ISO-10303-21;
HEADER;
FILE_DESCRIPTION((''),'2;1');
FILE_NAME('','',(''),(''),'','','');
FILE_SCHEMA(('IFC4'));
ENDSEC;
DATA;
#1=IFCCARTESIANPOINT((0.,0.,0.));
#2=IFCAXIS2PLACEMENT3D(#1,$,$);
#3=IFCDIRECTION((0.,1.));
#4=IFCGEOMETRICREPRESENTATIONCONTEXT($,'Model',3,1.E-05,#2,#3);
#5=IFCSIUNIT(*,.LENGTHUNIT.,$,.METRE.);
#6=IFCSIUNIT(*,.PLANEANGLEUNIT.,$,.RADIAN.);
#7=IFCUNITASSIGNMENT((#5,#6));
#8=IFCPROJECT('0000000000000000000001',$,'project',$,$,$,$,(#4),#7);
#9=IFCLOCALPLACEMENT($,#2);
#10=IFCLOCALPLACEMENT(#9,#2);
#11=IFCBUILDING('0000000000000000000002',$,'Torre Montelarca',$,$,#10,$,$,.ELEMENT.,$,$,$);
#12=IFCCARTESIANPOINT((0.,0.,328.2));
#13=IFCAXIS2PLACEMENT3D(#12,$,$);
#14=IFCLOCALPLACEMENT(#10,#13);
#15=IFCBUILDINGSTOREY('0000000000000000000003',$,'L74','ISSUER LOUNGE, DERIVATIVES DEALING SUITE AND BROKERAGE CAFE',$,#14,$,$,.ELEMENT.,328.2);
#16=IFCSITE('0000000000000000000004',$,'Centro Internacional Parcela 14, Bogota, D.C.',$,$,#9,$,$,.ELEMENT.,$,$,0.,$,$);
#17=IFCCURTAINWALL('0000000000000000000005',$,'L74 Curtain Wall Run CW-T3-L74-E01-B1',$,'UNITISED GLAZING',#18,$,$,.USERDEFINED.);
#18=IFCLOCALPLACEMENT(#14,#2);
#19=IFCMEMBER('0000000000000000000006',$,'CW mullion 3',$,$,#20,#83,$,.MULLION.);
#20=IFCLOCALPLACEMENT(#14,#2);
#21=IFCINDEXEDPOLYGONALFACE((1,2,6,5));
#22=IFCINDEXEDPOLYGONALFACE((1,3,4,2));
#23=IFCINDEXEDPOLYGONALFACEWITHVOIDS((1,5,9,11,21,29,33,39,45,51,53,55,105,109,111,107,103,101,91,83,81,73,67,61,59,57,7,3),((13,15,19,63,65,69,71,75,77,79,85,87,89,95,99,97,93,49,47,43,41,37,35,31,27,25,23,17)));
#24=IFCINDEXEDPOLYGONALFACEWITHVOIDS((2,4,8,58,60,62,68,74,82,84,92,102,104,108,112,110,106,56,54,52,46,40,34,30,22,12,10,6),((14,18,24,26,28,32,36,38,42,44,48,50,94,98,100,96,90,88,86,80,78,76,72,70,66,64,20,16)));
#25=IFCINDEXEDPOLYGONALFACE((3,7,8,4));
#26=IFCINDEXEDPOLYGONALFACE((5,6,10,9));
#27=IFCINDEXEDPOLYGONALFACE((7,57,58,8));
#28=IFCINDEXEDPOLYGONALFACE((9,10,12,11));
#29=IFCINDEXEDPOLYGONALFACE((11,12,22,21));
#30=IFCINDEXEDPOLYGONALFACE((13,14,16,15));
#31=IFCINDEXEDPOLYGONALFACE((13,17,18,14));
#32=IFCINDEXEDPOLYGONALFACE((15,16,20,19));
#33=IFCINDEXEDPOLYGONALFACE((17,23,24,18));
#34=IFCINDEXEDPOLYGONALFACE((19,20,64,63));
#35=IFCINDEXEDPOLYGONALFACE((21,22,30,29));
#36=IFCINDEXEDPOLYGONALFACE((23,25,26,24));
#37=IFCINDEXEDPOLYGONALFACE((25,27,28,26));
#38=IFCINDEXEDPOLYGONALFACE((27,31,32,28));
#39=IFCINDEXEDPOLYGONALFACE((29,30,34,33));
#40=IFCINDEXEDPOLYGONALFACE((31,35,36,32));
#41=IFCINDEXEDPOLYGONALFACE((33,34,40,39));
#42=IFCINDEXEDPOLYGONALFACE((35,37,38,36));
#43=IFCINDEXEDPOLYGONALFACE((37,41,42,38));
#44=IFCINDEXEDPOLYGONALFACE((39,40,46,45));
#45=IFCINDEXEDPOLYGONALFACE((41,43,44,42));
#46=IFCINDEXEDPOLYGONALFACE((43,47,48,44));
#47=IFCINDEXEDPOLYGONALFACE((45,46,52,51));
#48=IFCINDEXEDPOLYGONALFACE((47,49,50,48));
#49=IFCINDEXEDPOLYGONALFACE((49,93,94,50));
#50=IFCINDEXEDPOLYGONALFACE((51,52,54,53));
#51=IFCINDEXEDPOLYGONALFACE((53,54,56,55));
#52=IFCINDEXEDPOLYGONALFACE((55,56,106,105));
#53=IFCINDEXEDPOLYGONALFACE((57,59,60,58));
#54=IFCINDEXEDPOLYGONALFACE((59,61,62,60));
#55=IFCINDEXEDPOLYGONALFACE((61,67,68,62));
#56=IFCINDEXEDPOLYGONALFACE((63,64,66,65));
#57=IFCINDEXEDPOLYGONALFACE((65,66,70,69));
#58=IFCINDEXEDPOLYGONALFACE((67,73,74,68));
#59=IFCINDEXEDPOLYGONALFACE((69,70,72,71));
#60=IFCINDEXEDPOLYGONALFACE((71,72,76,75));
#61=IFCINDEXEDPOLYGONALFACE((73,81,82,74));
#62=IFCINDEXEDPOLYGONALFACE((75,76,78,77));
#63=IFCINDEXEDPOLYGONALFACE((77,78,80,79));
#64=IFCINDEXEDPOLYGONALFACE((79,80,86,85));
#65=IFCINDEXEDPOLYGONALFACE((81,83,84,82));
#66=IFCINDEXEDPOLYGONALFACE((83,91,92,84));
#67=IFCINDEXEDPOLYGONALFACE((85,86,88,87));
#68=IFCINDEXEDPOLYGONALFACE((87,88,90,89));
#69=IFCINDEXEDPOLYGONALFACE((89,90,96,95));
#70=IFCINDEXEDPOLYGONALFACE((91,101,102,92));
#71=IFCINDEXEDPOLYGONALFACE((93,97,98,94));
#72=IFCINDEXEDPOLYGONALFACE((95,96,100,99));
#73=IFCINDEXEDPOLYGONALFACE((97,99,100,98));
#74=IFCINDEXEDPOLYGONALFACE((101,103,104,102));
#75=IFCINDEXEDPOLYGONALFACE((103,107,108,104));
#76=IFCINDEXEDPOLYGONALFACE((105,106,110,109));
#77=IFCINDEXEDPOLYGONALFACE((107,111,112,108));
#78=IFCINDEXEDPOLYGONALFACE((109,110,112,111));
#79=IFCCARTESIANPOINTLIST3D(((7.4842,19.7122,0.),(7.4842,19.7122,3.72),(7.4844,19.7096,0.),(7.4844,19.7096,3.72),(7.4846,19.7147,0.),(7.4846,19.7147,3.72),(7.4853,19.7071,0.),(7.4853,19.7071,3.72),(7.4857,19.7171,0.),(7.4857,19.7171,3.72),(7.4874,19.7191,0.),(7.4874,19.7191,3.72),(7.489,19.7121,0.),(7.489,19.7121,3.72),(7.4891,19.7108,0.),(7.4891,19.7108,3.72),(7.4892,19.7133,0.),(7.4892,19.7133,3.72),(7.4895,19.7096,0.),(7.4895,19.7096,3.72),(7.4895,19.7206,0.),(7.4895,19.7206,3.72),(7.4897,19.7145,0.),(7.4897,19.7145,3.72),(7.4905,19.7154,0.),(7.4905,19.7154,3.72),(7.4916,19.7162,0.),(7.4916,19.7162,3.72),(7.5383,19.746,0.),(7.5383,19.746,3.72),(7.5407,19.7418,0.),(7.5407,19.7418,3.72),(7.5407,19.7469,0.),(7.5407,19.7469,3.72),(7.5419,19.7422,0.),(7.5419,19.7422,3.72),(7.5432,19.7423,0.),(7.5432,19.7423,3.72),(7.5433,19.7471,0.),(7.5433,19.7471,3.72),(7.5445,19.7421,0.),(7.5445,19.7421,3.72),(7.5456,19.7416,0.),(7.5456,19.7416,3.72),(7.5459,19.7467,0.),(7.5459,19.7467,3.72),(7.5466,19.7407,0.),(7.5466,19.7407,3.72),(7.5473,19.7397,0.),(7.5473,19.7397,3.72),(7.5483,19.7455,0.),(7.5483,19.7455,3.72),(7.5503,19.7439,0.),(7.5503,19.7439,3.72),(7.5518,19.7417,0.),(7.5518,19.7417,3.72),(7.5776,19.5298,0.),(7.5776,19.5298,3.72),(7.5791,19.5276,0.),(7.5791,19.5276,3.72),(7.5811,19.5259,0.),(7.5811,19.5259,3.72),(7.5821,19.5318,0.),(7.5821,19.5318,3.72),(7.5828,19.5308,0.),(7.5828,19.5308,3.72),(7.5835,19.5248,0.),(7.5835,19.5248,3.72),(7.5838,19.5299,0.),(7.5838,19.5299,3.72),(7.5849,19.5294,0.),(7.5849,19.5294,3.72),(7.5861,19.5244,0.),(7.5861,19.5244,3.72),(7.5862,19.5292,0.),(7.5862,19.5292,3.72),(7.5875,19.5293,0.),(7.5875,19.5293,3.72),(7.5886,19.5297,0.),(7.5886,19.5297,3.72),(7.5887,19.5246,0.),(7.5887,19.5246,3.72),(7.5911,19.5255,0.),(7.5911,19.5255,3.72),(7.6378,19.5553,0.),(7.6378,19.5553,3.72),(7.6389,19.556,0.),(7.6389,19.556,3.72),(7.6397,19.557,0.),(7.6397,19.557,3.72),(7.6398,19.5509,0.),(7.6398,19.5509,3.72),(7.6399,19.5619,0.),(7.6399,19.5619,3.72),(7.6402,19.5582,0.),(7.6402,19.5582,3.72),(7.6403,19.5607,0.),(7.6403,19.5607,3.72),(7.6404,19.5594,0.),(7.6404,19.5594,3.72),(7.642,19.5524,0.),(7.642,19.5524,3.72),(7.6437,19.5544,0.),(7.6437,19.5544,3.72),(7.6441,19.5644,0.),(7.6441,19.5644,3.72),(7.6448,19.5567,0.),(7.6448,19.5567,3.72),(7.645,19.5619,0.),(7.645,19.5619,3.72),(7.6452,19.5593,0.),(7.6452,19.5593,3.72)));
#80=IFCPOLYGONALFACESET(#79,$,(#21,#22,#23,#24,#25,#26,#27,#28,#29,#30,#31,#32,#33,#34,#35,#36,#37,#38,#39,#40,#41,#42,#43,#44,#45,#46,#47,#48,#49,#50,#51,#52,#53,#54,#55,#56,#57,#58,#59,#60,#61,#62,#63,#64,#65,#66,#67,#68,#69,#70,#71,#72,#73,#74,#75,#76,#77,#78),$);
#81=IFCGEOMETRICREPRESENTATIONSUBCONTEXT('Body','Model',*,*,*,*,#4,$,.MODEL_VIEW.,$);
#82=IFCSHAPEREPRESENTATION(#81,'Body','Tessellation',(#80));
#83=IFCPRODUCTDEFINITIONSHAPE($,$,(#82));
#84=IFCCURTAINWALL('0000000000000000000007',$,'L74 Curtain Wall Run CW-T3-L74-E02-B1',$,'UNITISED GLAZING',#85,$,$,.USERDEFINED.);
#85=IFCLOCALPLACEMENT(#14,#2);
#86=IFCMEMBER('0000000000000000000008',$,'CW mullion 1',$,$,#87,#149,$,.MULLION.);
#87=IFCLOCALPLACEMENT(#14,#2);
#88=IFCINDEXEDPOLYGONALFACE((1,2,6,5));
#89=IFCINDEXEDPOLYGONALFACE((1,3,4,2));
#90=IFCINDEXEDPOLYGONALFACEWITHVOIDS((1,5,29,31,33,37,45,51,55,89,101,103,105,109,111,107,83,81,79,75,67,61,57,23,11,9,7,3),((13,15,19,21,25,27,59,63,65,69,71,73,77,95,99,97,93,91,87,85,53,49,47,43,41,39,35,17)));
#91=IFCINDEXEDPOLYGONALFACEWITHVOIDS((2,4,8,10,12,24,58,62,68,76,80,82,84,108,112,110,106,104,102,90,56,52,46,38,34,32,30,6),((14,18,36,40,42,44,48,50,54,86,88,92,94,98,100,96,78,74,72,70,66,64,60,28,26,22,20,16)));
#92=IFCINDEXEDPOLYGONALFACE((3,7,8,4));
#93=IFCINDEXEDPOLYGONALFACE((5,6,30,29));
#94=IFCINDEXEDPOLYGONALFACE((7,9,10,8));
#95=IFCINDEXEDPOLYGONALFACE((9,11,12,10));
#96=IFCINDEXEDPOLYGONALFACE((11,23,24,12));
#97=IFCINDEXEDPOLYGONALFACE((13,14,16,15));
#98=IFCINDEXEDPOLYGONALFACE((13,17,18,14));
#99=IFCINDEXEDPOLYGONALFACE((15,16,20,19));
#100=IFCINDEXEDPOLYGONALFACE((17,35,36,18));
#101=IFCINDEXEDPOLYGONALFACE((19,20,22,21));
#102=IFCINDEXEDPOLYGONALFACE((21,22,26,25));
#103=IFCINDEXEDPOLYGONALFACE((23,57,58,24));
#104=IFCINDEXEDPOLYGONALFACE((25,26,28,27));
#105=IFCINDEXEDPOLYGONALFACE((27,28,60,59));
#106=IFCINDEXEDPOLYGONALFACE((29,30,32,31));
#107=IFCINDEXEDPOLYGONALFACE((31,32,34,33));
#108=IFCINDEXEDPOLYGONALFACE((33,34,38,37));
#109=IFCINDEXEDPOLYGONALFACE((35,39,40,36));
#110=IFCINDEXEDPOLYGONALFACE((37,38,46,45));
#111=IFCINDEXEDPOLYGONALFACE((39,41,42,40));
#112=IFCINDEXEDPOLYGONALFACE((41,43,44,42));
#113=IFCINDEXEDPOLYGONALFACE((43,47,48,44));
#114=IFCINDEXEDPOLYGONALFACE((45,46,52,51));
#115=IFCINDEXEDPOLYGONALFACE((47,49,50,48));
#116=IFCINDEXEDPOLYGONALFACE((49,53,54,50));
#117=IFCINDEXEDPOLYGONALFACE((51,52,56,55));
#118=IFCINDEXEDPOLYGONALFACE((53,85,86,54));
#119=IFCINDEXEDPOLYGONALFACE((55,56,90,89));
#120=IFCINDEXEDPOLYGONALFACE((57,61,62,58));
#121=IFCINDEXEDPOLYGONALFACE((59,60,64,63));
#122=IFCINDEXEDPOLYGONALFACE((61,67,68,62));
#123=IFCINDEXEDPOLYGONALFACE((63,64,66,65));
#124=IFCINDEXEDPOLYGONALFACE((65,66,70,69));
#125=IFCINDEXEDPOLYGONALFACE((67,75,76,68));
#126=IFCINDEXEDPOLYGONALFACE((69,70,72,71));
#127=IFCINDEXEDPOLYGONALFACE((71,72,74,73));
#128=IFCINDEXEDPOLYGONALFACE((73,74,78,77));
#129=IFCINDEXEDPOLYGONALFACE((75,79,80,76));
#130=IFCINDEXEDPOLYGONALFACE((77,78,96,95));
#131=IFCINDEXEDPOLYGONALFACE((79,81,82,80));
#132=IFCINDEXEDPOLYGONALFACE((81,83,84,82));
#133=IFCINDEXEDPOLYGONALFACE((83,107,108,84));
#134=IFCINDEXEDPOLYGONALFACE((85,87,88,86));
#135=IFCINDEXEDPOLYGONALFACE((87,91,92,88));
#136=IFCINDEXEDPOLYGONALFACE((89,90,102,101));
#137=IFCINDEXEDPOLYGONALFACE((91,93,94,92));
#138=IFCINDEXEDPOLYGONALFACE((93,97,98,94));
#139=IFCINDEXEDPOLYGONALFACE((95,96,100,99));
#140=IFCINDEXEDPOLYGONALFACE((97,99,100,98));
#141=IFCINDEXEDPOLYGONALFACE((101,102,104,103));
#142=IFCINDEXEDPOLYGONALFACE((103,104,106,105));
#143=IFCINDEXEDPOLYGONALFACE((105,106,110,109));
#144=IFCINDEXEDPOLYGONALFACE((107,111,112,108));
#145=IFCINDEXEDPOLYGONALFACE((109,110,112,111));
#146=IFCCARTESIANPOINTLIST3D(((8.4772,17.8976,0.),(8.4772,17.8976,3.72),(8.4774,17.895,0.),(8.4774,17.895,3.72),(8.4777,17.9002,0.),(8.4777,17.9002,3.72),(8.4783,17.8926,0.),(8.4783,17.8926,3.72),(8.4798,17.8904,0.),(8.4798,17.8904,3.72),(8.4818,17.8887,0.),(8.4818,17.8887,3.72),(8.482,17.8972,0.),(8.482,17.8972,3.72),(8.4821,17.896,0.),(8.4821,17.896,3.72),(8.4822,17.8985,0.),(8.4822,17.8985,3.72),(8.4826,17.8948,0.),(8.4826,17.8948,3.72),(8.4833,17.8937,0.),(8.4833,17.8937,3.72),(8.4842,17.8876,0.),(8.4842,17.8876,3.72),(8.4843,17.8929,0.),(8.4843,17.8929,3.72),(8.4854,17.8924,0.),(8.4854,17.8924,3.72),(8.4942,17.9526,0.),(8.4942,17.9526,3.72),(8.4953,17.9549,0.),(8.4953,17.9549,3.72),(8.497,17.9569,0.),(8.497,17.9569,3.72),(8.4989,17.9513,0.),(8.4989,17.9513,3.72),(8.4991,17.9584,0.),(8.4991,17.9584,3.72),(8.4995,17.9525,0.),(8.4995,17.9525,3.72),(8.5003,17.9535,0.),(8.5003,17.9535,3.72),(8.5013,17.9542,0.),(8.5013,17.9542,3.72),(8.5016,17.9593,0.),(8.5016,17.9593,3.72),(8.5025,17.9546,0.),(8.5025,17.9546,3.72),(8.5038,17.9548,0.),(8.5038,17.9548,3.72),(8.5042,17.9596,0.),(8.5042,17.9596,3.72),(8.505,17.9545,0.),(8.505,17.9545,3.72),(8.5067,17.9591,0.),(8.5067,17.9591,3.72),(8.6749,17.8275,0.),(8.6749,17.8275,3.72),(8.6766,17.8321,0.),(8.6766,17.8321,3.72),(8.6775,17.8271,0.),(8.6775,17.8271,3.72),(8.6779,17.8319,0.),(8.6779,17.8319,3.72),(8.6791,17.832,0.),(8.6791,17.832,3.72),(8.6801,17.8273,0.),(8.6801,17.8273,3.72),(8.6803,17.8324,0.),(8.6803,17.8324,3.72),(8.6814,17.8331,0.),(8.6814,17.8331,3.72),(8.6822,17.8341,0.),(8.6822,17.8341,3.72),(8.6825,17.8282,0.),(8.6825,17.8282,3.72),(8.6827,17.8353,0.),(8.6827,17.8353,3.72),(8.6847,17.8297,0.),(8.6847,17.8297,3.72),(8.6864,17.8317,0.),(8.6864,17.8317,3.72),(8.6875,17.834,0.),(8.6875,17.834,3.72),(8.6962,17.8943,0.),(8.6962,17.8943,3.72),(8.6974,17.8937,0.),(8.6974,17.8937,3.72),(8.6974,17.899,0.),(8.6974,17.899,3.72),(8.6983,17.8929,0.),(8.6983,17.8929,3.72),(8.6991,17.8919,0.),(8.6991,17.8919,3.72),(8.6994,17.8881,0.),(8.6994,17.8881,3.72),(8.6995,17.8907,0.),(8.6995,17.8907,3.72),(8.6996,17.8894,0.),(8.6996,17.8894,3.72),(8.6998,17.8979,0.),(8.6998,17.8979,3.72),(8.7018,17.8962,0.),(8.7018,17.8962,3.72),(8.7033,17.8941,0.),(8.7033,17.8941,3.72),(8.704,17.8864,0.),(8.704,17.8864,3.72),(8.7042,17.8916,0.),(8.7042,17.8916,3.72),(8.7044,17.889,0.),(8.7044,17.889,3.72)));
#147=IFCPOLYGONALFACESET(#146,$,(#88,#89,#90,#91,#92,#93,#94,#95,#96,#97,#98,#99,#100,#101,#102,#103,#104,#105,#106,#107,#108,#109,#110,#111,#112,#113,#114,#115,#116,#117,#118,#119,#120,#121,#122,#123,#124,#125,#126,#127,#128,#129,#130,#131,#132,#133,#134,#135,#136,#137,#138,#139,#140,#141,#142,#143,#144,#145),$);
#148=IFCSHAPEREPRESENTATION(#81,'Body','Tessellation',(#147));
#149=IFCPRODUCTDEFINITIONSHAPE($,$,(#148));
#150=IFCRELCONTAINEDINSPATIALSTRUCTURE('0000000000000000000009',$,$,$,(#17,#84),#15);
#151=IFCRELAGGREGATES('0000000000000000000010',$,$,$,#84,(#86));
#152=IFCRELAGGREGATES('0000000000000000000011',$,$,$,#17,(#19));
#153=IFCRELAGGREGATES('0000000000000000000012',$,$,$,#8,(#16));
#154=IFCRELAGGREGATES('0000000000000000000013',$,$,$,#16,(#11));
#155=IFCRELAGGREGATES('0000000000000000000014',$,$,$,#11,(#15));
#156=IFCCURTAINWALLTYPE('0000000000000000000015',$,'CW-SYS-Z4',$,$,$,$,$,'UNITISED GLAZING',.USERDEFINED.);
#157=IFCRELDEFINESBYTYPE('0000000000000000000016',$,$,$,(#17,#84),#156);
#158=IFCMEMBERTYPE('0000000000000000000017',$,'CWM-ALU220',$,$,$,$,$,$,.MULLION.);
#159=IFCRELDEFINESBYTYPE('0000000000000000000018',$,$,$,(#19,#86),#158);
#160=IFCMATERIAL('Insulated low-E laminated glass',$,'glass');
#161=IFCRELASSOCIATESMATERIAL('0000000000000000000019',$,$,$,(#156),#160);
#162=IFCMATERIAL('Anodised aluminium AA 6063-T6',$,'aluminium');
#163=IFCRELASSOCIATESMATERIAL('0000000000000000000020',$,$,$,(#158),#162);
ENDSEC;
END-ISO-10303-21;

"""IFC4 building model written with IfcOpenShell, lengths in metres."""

from ifc_helpers import new_model, si_unit, direction, frame, origin, origin_2d, place, context, subcontext, project, spatial, hollow_rectangle, extrude, source, transform, mapped, material, material_profile, profile_set, type_object, element, aggregate, save


model = new_model("IFC4")

# Units and contexts
model_context = context("Model", 3, precision=1e-05, world=origin(), true_north=direction((0.0, 1.0)))
body_context = subcontext(model_context, "Body", "Model", "MODEL_VIEW")
ifc_project = project(units=[si_unit("LENGTHUNIT", "METRE"), si_unit("PLANEANGLEUNIT", "RADIAN")], contexts=[model_context])

# Site, building, storey
site_placement = place(None, origin())
site = spatial("IfcSite", under=ifc_project, at=site_placement, Name="Centro Internacional Parcela 14, Bogota, D.C.", CompositionType="ELEMENT", RefElevation=0.0)
building_placement = place(site_placement, origin())
building = spatial("IfcBuilding", under=site, at=building_placement, Name="Torre Montelarca", CompositionType="ELEMENT")
storey_placement = place(building_placement, frame((0.0, 0.0, 328.2)))
storey = spatial("IfcBuildingStorey", under=building, at=storey_placement, Name="L74", Description="ISSUER LOUNGE, DERIVATIVES DEALING SUITE AND BROKERAGE CAFE", CompositionType="ELEMENT", Elevation=328.2)

# Curtain walls, members
ifc_material_1 = material(Name="Insulated low-E laminated glass", Category="glass")
curtain_wall_type = type_object("IfcCurtainWallType", Name="CW-SYS-Z4", ElementType="UNITISED GLAZING", PredefinedType="USERDEFINED", material=ifc_material_1)
curtain_wall_1_placement = place(storey_placement, origin())
curtain_wall_1 = element("IfcCurtainWall", 1, at=curtain_wall_1_placement, inside=storey, type_object=curtain_wall_type, Name="L74 Curtain Wall Run CW-T3-L74-E01-B1", ObjectType="UNITISED GLAZING", PredefinedType="USERDEFINED")
ifc_material_2 = material(Name="Anodised aluminium AA 6063-T6", Category="aluminium")
ifc_material_profile_1 = material_profile(ifc_material_2, hollow_rectangle(XDim=0.075, YDim=0.22, WallThickness=0.0049, InnerFilletRadius=0.0049, OuterFilletRadius=0.01, at=origin_2d()), Name="ALU75X220X5", Category="aluminium")
ifc_profile_set_1 = profile_set([ifc_material_profile_1], Name="Anodised aluminium AA 6063-T6")
member_type_1 = type_object("IfcMemberType", Name="CWM-ALU220", PredefinedType="MULLION", material=ifc_profile_set_1)
shared_shape_1 = source(origin(), body_context, "Body", "SweptSolid", [
    extrude(hollow_rectangle(XDim=0.075, YDim=0.22, WallThickness=0.0049, InnerFilletRadius=0.0049, OuterFilletRadius=0.01, at=origin_2d()), origin(), (0.0, 0.0, 1.0), 3.72),
])
member_1_placement = place(storey_placement, frame((7.5647, 19.6357, 0.0), z_axis=(0.0, 0.0, 1.0), x_axis=(0.887011, 0.461747, 0.0)))
member_1 = element("IfcMember", 2, at=member_1_placement, type_object=member_type_1, Name="CW mullion 3", PredefinedType="MULLION", context=body_context, shape_type="MappedRepresentation", body=[
    mapped(shared_shape_1, transform((0.0, 0.0, 0.0), scale=1.0)),
])
curtain_wall_2_placement = place(storey_placement, origin())
curtain_wall_2 = element("IfcCurtainWall", 3, at=curtain_wall_2_placement, inside=storey, type_object=curtain_wall_type, Name="L74 Curtain Wall Run CW-T3-L74-E02-B1", ObjectType="UNITISED GLAZING", PredefinedType="USERDEFINED")
member_2_placement = place(storey_placement, frame((8.5908, 17.8933, 0.0), z_axis=(0.0, 0.0, 1.0), x_axis=(0.300698, 0.953719, 0.0)))
member_2 = element("IfcMember", 4, at=member_2_placement, type_object=member_type_1, Name="CW mullion 1", PredefinedType="MULLION", context=body_context, shape_type="MappedRepresentation", body=[
    mapped(shared_shape_1, transform((0.0, 0.0, 0.0), scale=1.0)),
])
aggregate(curtain_wall_2, [member_2])

aggregate(curtain_wall_1, [member_1])

save(model, "model.ifc")
